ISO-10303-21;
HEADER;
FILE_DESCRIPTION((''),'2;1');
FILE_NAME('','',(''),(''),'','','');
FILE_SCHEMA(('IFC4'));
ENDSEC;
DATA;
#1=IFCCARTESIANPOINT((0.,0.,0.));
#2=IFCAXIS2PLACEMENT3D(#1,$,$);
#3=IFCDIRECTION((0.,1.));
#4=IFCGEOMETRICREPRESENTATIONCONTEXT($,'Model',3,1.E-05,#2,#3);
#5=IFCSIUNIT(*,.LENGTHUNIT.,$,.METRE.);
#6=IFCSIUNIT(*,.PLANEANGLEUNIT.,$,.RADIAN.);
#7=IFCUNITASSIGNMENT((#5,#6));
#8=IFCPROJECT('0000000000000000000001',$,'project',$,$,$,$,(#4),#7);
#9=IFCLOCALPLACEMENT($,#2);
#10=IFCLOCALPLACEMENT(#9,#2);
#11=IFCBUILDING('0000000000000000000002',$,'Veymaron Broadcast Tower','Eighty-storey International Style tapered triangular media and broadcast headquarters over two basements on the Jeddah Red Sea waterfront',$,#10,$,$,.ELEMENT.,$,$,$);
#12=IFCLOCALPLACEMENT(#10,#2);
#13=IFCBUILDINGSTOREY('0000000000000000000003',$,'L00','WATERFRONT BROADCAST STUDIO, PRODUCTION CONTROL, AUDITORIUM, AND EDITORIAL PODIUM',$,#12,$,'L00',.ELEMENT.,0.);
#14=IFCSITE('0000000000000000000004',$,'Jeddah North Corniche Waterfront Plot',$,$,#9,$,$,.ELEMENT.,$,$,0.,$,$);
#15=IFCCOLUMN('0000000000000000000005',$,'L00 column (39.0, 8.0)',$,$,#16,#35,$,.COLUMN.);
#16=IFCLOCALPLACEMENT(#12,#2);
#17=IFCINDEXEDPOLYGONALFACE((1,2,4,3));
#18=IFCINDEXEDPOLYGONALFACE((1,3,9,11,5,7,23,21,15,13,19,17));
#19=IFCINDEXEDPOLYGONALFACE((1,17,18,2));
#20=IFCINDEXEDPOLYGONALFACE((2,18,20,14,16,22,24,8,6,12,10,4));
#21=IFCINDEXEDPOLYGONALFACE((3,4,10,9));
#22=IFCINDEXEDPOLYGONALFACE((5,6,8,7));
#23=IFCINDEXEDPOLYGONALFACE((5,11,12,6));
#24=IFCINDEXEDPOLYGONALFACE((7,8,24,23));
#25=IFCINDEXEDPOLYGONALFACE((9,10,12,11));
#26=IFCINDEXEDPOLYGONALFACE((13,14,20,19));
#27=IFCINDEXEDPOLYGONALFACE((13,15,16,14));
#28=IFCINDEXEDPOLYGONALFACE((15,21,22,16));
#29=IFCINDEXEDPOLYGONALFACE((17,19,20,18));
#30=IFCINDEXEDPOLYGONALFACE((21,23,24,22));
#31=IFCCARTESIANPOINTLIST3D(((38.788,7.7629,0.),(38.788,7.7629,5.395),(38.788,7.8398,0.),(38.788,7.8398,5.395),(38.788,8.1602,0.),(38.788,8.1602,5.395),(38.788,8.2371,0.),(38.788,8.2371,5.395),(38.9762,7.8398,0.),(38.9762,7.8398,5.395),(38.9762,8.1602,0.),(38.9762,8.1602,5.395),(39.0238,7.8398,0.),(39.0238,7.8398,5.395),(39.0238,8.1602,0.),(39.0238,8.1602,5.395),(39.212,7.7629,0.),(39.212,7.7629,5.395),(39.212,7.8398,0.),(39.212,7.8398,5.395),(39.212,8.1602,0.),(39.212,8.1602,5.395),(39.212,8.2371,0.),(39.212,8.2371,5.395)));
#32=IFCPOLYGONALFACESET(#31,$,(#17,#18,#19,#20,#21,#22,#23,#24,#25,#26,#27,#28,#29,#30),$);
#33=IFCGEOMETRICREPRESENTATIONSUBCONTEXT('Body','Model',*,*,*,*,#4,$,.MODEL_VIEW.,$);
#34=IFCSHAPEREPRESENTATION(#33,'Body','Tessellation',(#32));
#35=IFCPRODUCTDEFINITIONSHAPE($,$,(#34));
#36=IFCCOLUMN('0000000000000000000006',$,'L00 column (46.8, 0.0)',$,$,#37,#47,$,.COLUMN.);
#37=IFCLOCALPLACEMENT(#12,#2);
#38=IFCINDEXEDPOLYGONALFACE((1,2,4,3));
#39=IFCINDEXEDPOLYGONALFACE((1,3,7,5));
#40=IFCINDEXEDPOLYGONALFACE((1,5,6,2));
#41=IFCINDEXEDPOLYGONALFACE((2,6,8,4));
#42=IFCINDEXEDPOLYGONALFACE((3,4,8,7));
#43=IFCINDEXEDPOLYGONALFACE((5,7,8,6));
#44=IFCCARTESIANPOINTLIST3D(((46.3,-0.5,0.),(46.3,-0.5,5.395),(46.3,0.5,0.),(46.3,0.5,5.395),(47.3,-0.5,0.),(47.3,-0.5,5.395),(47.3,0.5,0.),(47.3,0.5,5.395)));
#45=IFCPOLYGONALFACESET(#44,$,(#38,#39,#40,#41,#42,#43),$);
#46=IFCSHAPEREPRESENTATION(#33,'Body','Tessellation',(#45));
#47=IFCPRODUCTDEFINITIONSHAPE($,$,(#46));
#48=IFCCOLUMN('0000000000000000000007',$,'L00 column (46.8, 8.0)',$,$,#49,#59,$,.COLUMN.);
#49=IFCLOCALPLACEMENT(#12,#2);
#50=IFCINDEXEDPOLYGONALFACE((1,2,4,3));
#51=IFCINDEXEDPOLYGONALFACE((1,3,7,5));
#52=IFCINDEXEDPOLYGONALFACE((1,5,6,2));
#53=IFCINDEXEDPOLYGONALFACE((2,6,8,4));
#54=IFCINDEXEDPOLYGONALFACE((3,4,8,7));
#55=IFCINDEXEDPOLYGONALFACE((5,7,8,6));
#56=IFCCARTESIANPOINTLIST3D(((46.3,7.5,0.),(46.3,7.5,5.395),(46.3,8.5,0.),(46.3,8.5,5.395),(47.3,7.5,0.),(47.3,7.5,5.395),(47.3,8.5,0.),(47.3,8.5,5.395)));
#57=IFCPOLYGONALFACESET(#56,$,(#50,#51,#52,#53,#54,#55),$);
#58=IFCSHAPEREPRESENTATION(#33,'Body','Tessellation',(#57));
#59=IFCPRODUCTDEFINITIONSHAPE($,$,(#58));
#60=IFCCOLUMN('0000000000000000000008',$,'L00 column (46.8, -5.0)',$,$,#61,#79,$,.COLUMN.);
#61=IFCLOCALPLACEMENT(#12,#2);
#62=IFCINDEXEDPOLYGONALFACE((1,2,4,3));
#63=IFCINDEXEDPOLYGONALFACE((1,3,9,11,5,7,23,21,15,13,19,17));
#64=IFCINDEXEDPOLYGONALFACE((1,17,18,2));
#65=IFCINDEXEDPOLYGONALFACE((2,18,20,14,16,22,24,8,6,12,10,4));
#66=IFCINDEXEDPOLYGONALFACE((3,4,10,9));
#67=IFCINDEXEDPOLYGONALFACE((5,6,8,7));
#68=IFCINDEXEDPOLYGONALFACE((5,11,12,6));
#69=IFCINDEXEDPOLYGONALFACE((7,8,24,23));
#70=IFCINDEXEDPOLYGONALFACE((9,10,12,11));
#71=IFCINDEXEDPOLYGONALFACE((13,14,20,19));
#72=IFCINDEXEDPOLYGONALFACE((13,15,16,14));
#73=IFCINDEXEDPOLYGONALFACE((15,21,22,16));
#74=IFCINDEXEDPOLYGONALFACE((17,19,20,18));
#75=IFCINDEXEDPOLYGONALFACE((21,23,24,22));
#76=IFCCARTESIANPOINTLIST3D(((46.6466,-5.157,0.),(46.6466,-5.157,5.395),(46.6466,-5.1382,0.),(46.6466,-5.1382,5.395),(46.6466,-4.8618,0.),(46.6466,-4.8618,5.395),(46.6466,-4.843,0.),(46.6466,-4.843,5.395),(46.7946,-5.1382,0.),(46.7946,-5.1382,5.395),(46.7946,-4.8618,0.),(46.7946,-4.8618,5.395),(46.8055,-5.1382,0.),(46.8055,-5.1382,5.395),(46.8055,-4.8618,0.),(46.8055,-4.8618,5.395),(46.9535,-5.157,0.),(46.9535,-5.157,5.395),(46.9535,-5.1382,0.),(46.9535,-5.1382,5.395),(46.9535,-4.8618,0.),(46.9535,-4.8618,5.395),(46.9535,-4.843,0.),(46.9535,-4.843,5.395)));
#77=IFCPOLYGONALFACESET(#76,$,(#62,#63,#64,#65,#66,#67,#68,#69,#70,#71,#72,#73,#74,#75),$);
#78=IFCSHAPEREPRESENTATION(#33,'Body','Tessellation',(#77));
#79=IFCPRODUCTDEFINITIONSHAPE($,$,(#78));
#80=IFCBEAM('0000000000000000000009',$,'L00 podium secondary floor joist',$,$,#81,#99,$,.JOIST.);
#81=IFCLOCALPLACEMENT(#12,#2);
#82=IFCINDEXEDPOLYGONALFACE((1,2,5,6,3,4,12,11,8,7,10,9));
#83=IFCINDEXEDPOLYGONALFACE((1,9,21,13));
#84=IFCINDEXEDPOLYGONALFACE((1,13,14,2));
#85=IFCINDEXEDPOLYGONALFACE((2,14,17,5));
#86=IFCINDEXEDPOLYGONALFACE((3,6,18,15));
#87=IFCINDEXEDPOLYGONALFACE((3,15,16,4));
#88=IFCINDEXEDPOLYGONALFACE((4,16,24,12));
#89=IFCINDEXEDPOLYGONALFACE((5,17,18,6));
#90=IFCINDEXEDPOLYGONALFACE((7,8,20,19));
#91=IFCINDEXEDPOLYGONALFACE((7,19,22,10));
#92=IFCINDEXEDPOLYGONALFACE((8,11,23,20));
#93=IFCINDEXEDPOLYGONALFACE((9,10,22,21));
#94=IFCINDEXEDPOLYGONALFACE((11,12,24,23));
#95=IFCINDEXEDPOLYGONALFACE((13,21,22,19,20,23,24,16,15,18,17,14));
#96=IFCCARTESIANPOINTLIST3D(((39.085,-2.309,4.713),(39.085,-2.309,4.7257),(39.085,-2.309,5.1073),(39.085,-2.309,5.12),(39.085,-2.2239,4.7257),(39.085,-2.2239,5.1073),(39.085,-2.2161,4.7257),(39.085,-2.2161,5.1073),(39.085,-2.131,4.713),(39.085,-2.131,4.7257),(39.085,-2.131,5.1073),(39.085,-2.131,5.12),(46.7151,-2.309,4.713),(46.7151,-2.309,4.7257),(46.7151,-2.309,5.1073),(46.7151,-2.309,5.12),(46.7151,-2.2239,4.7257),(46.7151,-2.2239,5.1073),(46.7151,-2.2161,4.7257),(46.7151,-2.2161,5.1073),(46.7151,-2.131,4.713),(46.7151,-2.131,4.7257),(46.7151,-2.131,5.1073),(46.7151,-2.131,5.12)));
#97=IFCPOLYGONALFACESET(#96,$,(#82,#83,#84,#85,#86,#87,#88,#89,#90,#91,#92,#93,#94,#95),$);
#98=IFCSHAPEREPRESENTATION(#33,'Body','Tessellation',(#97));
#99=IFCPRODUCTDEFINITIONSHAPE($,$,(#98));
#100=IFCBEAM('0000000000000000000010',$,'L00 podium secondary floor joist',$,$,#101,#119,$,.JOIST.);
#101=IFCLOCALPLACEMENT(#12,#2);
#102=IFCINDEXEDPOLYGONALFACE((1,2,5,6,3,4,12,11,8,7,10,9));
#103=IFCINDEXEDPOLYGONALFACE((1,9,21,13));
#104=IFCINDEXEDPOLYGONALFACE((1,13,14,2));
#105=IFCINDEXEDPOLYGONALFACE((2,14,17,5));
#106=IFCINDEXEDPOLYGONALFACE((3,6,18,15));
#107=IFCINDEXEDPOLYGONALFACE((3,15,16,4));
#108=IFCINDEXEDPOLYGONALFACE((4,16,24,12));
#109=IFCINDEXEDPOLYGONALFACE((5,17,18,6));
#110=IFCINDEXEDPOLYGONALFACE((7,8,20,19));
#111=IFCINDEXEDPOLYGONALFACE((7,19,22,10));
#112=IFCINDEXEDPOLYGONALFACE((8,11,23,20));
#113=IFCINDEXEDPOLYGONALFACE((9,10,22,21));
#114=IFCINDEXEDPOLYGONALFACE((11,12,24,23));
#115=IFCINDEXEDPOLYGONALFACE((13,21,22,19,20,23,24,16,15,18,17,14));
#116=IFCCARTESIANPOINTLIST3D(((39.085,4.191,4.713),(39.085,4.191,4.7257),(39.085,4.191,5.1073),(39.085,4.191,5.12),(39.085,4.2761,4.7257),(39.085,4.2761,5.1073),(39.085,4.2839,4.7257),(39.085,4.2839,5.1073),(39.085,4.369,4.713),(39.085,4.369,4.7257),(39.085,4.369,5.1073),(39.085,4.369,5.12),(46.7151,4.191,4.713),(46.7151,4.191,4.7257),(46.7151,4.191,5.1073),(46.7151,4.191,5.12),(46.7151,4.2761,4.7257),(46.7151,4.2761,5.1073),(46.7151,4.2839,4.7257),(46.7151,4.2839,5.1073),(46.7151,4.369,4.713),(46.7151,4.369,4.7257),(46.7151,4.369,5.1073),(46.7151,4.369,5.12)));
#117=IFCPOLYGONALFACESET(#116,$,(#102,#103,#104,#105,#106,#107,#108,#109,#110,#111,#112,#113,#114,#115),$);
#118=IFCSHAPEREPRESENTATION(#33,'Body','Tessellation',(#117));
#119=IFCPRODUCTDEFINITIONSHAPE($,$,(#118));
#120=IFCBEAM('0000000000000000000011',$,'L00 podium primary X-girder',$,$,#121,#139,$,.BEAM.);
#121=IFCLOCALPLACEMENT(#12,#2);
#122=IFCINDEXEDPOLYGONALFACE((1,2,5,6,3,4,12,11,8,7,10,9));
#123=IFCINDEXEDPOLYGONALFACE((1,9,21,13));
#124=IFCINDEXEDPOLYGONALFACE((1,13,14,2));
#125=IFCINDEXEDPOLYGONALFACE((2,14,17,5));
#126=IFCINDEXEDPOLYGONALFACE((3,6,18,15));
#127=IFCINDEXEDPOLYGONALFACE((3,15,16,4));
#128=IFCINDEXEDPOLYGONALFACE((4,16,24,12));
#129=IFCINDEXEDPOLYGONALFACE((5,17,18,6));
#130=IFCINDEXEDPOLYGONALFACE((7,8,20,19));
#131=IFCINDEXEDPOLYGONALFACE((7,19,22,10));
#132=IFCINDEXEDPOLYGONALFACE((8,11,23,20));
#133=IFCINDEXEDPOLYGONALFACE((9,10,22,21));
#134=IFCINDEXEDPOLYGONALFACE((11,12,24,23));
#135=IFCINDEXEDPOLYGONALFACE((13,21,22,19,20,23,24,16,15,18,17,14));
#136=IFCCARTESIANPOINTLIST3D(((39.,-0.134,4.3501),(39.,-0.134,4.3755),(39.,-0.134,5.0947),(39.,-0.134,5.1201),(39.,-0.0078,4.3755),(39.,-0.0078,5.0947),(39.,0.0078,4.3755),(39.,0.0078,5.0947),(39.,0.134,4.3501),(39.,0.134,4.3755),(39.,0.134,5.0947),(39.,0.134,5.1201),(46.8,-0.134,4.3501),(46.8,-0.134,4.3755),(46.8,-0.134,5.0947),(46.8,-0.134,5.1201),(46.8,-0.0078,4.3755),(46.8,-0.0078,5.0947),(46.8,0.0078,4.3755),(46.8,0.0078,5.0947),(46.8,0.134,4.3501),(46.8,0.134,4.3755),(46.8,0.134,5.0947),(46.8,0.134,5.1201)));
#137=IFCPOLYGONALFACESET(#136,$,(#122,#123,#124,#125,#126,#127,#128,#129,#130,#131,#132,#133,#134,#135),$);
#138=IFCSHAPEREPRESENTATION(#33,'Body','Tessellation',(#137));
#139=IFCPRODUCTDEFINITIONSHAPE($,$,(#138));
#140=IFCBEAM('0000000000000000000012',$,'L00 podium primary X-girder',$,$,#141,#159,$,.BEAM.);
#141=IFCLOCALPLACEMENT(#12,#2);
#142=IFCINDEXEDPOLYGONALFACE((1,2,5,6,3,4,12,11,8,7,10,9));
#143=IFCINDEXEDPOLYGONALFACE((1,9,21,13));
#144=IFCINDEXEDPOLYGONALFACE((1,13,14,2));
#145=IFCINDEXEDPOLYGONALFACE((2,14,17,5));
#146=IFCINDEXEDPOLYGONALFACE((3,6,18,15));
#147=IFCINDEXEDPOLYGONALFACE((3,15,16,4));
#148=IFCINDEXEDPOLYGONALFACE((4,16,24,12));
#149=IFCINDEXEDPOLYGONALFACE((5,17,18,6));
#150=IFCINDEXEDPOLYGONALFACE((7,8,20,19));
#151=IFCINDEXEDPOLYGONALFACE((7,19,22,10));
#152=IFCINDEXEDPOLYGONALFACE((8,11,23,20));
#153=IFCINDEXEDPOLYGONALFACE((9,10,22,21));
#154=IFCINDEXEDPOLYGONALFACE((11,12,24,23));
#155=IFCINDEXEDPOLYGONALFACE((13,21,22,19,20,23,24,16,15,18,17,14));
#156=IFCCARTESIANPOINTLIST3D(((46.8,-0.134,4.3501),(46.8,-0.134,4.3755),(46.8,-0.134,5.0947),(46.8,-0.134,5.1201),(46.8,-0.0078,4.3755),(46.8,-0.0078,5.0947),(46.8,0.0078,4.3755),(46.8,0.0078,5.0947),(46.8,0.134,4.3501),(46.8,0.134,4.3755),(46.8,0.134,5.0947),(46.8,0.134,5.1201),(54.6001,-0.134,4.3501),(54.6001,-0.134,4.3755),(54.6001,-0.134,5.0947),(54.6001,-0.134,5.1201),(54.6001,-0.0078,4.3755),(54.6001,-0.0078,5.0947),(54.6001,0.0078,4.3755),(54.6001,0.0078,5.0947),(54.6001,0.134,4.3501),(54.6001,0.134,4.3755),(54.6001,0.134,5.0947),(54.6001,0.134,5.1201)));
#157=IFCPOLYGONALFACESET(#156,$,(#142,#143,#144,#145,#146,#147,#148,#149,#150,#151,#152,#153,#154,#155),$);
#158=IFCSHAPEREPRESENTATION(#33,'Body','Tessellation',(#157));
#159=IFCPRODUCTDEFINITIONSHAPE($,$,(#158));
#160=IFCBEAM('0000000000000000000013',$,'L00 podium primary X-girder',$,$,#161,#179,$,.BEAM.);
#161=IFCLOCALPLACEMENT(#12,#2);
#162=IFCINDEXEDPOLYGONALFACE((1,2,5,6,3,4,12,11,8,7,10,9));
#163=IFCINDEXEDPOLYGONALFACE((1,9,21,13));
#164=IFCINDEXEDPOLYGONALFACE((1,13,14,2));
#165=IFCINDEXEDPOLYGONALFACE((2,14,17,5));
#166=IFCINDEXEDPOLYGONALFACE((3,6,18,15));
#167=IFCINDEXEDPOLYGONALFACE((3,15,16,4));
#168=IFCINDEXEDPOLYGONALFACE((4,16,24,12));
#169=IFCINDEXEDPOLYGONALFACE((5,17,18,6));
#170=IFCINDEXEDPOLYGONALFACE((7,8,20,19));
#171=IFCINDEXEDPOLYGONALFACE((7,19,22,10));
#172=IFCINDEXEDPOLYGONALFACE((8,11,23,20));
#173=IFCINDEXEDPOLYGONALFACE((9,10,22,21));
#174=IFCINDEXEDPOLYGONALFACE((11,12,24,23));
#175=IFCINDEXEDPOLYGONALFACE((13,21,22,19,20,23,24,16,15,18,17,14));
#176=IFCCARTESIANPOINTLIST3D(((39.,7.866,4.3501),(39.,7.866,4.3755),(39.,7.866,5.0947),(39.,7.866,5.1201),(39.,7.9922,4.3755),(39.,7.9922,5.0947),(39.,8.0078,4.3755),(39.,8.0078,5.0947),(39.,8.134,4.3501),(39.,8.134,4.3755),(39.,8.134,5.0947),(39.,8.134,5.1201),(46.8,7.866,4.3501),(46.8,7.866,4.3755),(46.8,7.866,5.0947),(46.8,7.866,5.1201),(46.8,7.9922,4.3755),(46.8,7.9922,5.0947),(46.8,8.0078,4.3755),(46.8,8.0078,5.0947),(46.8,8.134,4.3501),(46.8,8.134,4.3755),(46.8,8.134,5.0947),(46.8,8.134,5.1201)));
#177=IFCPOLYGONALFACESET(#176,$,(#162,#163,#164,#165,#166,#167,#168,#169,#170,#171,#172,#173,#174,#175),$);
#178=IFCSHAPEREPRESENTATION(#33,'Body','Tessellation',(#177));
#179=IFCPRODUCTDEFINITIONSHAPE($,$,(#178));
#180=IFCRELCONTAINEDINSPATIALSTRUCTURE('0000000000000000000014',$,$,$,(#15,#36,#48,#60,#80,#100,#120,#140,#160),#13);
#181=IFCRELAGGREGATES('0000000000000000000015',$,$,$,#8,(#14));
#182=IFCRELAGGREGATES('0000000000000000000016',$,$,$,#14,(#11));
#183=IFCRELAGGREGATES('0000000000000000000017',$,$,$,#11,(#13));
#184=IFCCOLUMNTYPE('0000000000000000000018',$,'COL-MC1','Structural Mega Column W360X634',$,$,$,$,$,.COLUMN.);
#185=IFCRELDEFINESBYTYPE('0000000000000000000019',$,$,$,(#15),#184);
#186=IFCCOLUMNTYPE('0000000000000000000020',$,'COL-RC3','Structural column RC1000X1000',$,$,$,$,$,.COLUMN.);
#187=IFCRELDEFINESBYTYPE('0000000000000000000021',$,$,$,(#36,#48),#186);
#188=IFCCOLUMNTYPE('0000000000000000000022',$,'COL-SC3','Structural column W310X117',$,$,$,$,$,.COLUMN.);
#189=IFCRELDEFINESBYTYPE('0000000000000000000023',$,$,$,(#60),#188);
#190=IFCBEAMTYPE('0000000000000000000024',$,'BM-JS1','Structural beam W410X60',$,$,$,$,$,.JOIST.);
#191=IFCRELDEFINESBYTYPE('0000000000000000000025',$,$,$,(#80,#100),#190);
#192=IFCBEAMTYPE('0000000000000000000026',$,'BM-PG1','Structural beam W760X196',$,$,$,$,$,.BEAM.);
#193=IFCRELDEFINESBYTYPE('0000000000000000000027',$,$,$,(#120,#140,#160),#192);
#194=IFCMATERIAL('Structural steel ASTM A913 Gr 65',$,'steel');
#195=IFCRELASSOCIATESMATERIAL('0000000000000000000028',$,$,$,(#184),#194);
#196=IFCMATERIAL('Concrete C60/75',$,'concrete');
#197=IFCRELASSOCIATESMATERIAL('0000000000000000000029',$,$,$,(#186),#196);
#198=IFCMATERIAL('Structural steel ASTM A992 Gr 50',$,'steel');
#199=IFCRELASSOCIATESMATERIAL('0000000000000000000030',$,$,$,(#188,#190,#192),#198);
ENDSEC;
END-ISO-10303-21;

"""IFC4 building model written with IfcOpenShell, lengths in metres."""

from ifc_helpers import new_model, si_unit, direction, frame, origin, origin_2d, place, context, subcontext, project, spatial, rectangle, i_section, extrude, material, material_profile, profile_set, type_object, element, save


model = new_model("IFC4")

# Units and contexts
model_context = context("Model", 3, precision=1e-05, world=origin(), true_north=direction((0.0, 1.0)))
body_context = subcontext(model_context, "Body", "Model", "MODEL_VIEW")
ifc_project = project(units=[si_unit("LENGTHUNIT", "METRE"), si_unit("PLANEANGLEUNIT", "RADIAN")], contexts=[model_context])

# Site, building, storey
site_placement = place(None, origin())
site = spatial("IfcSite", under=ifc_project, at=site_placement, Name="Jeddah North Corniche Waterfront Plot", CompositionType="ELEMENT", RefElevation=0.0)
building_placement = place(site_placement, origin())
building = spatial("IfcBuilding", under=site, at=building_placement, Name="Veymaron Broadcast Tower", Description="Eighty-storey International Style tapered triangular media and broadcast headquarters over two basements on the Jeddah Red Sea waterfront", CompositionType="ELEMENT")
storey_placement = place(building_placement, origin())
storey = spatial("IfcBuildingStorey", under=building, at=storey_placement, Name="L00", Description="WATERFRONT BROADCAST STUDIO, PRODUCTION CONTROL, AUDITORIUM, AND EDITORIAL PODIUM", LongName="L00", CompositionType="ELEMENT", Elevation=0.0)

# Columns
ifc_material_1 = material(Name="Structural steel ASTM A913 Gr 65", Category="steel")
ifc_material_profile_1 = material_profile(ifc_material_1, i_section(OverallWidth=0.4241, OverallDepth=0.4741, WebThickness=0.0476, FlangeThickness=0.0769, at=origin_2d()), Name="W360X634")
ifc_profile_set_1 = profile_set([ifc_material_profile_1], Name="Structural steel ASTM A913 Gr 65")
column_type_1 = type_object("IfcColumnType", Name="COL-MC1", Description="Structural Mega Column W360X634", PredefinedType="COLUMN", material=ifc_profile_set_1)
column_1_placement = place(storey_placement, frame((39.0, 8.0, 0.0), z_axis=(0.0, 0.0, 1.0), x_axis=(1.0, 0.0, 0.0)))
element("IfcColumn", 1, at=column_1_placement, inside=storey, type_object=column_type_1, Name="L00 column (39.0, 8.0)", PredefinedType="COLUMN", context=body_context, shape_type="SweptSolid", body=[
    extrude(i_section(OverallWidth=0.4241, OverallDepth=0.4741, WebThickness=0.0476, FlangeThickness=0.0769, at=origin_2d()), origin(), (0.0, 0.0, 1.0), 5.395),
])
ifc_material_2 = material(Name="Concrete C60/75", Category="concrete")
ifc_material_profile_2 = material_profile(ifc_material_2, rectangle(XDim=1.0, YDim=1.0, at=origin_2d()), Name="RC1000X1000")
ifc_profile_set_2 = profile_set([ifc_material_profile_2], Name="Concrete C60/75")
column_type_2 = type_object("IfcColumnType", Name="COL-RC3", Description="Structural column RC1000X1000", PredefinedType="COLUMN", material=ifc_profile_set_2)
for number, where, z_axis, x_axis, name in (
    (2, (46.8, 0.0, 0.0), (0.0, 0.0, 1.0), (1.0, 0.0, 0.0), "L00 column (46.8, 0.0)"),
    (3, (46.8, 8.0, 0.0), (0.0, 0.0, 1.0), (1.0, 0.0, 0.0), "L00 column (46.8, 8.0)"),
):
    element("IfcColumn", number, at=place(storey_placement, frame(where, z_axis=z_axis, x_axis=x_axis)), inside=storey, type_object=column_type_2, Name=name, PredefinedType="COLUMN", context=body_context, shape_type="SweptSolid", body=[
        extrude(rectangle(XDim=1.0, YDim=1.0, at=origin_2d()), origin(), (0.0, 0.0, 1.0), 5.395),
    ])
ifc_material_3 = material(Name="Structural steel ASTM A992 Gr 50", Category="steel")
ifc_material_profile_3 = material_profile(ifc_material_3, i_section(OverallWidth=0.3069, OverallDepth=0.314, WebThickness=0.011, FlangeThickness=0.0188, at=origin_2d()), Name="W310X117")
ifc_profile_set_3 = profile_set([ifc_material_profile_3], Name="Structural steel ASTM A992 Gr 50")
column_type_3 = type_object("IfcColumnType", Name="COL-SC3", Description="Structural column W310X117", PredefinedType="COLUMN", material=ifc_profile_set_3)
column_2_placement = place(storey_placement, frame((46.8, -5.0, 0.0), z_axis=(0.0, 0.0, 1.0), x_axis=(1.0, 0.0, 0.0)))
element("IfcColumn", 4, at=column_2_placement, inside=storey, type_object=column_type_3, Name="L00 column (46.8, -5.0)", PredefinedType="COLUMN", context=body_context, shape_type="SweptSolid", body=[
    extrude(i_section(OverallWidth=0.3069, OverallDepth=0.314, WebThickness=0.011, FlangeThickness=0.0188, at=origin_2d()), origin(), (0.0, 0.0, 1.0), 5.395),
])

# Beams
ifc_material_profile_4 = material_profile(ifc_material_3, i_section(OverallWidth=0.178, OverallDepth=0.407, WebThickness=0.0078, FlangeThickness=0.0127, at=origin_2d()), Name="W410X60")
ifc_profile_set_4 = profile_set([ifc_material_profile_4], Name="Structural steel ASTM A992 Gr 50")
beam_type_1 = type_object("IfcBeamType", Name="BM-JS1", Description="Structural beam W410X60", PredefinedType="JOIST", material=ifc_profile_set_4)
for number, where, z_axis, x_axis, name in (
    (5, (39.085, -2.22, 4.9165), (1.0, 0.0, 0.0), (0.0, 1.0, 0.0), "L00 podium secondary floor joist"),
    (6, (39.085, 4.28, 4.9165), (1.0, 0.0, 0.0), (0.0, 1.0, 0.0), "L00 podium secondary floor joist"),
):
    element("IfcBeam", number, at=place(storey_placement, frame(where, z_axis=z_axis, x_axis=x_axis)), inside=storey, type_object=beam_type_1, Name=name, PredefinedType="JOIST", context=body_context, shape_type="SweptSolid", body=[
        extrude(i_section(OverallWidth=0.178, OverallDepth=0.407, WebThickness=0.0078, FlangeThickness=0.0127, at=origin_2d()), origin(), (0.0, 0.0, 1.0), 7.6301),
    ])
ifc_material_profile_5 = material_profile(ifc_material_3, i_section(OverallWidth=0.2681, OverallDepth=0.77, WebThickness=0.0156, FlangeThickness=0.0254, at=origin_2d()), Name="W760X196")
ifc_profile_set_5 = profile_set([ifc_material_profile_5], Name="Structural steel ASTM A992 Gr 50")
beam_type_2 = type_object("IfcBeamType", Name="BM-PG1", Description="Structural beam W760X196", PredefinedType="BEAM", material=ifc_profile_set_5)
for number, where, z_axis, x_axis, name in (
    (7, (39.0, 0.0, 4.7351), (1.0, 0.0, 0.0), (0.0, 1.0, 0.0), "L00 podium primary X-girder"),
    (8, (46.8, 0.0, 4.7351), (1.0, 0.0, 0.0), (0.0, 1.0, 0.0), "L00 podium primary X-girder"),
    (9, (39.0, 8.0, 4.7351), (1.0, 0.0, 0.0), (0.0, 1.0, 0.0), "L00 podium primary X-girder"),
):
    element("IfcBeam", number, at=place(storey_placement, frame(where, z_axis=z_axis, x_axis=x_axis)), inside=storey, type_object=beam_type_2, Name=name, PredefinedType="BEAM", context=body_context, shape_type="SweptSolid", body=[
        extrude(i_section(OverallWidth=0.2681, OverallDepth=0.77, WebThickness=0.0156, FlangeThickness=0.0254, at=origin_2d()), origin(), (0.0, 0.0, 1.0), 7.8),
    ])

save(model, "model.ifc")
